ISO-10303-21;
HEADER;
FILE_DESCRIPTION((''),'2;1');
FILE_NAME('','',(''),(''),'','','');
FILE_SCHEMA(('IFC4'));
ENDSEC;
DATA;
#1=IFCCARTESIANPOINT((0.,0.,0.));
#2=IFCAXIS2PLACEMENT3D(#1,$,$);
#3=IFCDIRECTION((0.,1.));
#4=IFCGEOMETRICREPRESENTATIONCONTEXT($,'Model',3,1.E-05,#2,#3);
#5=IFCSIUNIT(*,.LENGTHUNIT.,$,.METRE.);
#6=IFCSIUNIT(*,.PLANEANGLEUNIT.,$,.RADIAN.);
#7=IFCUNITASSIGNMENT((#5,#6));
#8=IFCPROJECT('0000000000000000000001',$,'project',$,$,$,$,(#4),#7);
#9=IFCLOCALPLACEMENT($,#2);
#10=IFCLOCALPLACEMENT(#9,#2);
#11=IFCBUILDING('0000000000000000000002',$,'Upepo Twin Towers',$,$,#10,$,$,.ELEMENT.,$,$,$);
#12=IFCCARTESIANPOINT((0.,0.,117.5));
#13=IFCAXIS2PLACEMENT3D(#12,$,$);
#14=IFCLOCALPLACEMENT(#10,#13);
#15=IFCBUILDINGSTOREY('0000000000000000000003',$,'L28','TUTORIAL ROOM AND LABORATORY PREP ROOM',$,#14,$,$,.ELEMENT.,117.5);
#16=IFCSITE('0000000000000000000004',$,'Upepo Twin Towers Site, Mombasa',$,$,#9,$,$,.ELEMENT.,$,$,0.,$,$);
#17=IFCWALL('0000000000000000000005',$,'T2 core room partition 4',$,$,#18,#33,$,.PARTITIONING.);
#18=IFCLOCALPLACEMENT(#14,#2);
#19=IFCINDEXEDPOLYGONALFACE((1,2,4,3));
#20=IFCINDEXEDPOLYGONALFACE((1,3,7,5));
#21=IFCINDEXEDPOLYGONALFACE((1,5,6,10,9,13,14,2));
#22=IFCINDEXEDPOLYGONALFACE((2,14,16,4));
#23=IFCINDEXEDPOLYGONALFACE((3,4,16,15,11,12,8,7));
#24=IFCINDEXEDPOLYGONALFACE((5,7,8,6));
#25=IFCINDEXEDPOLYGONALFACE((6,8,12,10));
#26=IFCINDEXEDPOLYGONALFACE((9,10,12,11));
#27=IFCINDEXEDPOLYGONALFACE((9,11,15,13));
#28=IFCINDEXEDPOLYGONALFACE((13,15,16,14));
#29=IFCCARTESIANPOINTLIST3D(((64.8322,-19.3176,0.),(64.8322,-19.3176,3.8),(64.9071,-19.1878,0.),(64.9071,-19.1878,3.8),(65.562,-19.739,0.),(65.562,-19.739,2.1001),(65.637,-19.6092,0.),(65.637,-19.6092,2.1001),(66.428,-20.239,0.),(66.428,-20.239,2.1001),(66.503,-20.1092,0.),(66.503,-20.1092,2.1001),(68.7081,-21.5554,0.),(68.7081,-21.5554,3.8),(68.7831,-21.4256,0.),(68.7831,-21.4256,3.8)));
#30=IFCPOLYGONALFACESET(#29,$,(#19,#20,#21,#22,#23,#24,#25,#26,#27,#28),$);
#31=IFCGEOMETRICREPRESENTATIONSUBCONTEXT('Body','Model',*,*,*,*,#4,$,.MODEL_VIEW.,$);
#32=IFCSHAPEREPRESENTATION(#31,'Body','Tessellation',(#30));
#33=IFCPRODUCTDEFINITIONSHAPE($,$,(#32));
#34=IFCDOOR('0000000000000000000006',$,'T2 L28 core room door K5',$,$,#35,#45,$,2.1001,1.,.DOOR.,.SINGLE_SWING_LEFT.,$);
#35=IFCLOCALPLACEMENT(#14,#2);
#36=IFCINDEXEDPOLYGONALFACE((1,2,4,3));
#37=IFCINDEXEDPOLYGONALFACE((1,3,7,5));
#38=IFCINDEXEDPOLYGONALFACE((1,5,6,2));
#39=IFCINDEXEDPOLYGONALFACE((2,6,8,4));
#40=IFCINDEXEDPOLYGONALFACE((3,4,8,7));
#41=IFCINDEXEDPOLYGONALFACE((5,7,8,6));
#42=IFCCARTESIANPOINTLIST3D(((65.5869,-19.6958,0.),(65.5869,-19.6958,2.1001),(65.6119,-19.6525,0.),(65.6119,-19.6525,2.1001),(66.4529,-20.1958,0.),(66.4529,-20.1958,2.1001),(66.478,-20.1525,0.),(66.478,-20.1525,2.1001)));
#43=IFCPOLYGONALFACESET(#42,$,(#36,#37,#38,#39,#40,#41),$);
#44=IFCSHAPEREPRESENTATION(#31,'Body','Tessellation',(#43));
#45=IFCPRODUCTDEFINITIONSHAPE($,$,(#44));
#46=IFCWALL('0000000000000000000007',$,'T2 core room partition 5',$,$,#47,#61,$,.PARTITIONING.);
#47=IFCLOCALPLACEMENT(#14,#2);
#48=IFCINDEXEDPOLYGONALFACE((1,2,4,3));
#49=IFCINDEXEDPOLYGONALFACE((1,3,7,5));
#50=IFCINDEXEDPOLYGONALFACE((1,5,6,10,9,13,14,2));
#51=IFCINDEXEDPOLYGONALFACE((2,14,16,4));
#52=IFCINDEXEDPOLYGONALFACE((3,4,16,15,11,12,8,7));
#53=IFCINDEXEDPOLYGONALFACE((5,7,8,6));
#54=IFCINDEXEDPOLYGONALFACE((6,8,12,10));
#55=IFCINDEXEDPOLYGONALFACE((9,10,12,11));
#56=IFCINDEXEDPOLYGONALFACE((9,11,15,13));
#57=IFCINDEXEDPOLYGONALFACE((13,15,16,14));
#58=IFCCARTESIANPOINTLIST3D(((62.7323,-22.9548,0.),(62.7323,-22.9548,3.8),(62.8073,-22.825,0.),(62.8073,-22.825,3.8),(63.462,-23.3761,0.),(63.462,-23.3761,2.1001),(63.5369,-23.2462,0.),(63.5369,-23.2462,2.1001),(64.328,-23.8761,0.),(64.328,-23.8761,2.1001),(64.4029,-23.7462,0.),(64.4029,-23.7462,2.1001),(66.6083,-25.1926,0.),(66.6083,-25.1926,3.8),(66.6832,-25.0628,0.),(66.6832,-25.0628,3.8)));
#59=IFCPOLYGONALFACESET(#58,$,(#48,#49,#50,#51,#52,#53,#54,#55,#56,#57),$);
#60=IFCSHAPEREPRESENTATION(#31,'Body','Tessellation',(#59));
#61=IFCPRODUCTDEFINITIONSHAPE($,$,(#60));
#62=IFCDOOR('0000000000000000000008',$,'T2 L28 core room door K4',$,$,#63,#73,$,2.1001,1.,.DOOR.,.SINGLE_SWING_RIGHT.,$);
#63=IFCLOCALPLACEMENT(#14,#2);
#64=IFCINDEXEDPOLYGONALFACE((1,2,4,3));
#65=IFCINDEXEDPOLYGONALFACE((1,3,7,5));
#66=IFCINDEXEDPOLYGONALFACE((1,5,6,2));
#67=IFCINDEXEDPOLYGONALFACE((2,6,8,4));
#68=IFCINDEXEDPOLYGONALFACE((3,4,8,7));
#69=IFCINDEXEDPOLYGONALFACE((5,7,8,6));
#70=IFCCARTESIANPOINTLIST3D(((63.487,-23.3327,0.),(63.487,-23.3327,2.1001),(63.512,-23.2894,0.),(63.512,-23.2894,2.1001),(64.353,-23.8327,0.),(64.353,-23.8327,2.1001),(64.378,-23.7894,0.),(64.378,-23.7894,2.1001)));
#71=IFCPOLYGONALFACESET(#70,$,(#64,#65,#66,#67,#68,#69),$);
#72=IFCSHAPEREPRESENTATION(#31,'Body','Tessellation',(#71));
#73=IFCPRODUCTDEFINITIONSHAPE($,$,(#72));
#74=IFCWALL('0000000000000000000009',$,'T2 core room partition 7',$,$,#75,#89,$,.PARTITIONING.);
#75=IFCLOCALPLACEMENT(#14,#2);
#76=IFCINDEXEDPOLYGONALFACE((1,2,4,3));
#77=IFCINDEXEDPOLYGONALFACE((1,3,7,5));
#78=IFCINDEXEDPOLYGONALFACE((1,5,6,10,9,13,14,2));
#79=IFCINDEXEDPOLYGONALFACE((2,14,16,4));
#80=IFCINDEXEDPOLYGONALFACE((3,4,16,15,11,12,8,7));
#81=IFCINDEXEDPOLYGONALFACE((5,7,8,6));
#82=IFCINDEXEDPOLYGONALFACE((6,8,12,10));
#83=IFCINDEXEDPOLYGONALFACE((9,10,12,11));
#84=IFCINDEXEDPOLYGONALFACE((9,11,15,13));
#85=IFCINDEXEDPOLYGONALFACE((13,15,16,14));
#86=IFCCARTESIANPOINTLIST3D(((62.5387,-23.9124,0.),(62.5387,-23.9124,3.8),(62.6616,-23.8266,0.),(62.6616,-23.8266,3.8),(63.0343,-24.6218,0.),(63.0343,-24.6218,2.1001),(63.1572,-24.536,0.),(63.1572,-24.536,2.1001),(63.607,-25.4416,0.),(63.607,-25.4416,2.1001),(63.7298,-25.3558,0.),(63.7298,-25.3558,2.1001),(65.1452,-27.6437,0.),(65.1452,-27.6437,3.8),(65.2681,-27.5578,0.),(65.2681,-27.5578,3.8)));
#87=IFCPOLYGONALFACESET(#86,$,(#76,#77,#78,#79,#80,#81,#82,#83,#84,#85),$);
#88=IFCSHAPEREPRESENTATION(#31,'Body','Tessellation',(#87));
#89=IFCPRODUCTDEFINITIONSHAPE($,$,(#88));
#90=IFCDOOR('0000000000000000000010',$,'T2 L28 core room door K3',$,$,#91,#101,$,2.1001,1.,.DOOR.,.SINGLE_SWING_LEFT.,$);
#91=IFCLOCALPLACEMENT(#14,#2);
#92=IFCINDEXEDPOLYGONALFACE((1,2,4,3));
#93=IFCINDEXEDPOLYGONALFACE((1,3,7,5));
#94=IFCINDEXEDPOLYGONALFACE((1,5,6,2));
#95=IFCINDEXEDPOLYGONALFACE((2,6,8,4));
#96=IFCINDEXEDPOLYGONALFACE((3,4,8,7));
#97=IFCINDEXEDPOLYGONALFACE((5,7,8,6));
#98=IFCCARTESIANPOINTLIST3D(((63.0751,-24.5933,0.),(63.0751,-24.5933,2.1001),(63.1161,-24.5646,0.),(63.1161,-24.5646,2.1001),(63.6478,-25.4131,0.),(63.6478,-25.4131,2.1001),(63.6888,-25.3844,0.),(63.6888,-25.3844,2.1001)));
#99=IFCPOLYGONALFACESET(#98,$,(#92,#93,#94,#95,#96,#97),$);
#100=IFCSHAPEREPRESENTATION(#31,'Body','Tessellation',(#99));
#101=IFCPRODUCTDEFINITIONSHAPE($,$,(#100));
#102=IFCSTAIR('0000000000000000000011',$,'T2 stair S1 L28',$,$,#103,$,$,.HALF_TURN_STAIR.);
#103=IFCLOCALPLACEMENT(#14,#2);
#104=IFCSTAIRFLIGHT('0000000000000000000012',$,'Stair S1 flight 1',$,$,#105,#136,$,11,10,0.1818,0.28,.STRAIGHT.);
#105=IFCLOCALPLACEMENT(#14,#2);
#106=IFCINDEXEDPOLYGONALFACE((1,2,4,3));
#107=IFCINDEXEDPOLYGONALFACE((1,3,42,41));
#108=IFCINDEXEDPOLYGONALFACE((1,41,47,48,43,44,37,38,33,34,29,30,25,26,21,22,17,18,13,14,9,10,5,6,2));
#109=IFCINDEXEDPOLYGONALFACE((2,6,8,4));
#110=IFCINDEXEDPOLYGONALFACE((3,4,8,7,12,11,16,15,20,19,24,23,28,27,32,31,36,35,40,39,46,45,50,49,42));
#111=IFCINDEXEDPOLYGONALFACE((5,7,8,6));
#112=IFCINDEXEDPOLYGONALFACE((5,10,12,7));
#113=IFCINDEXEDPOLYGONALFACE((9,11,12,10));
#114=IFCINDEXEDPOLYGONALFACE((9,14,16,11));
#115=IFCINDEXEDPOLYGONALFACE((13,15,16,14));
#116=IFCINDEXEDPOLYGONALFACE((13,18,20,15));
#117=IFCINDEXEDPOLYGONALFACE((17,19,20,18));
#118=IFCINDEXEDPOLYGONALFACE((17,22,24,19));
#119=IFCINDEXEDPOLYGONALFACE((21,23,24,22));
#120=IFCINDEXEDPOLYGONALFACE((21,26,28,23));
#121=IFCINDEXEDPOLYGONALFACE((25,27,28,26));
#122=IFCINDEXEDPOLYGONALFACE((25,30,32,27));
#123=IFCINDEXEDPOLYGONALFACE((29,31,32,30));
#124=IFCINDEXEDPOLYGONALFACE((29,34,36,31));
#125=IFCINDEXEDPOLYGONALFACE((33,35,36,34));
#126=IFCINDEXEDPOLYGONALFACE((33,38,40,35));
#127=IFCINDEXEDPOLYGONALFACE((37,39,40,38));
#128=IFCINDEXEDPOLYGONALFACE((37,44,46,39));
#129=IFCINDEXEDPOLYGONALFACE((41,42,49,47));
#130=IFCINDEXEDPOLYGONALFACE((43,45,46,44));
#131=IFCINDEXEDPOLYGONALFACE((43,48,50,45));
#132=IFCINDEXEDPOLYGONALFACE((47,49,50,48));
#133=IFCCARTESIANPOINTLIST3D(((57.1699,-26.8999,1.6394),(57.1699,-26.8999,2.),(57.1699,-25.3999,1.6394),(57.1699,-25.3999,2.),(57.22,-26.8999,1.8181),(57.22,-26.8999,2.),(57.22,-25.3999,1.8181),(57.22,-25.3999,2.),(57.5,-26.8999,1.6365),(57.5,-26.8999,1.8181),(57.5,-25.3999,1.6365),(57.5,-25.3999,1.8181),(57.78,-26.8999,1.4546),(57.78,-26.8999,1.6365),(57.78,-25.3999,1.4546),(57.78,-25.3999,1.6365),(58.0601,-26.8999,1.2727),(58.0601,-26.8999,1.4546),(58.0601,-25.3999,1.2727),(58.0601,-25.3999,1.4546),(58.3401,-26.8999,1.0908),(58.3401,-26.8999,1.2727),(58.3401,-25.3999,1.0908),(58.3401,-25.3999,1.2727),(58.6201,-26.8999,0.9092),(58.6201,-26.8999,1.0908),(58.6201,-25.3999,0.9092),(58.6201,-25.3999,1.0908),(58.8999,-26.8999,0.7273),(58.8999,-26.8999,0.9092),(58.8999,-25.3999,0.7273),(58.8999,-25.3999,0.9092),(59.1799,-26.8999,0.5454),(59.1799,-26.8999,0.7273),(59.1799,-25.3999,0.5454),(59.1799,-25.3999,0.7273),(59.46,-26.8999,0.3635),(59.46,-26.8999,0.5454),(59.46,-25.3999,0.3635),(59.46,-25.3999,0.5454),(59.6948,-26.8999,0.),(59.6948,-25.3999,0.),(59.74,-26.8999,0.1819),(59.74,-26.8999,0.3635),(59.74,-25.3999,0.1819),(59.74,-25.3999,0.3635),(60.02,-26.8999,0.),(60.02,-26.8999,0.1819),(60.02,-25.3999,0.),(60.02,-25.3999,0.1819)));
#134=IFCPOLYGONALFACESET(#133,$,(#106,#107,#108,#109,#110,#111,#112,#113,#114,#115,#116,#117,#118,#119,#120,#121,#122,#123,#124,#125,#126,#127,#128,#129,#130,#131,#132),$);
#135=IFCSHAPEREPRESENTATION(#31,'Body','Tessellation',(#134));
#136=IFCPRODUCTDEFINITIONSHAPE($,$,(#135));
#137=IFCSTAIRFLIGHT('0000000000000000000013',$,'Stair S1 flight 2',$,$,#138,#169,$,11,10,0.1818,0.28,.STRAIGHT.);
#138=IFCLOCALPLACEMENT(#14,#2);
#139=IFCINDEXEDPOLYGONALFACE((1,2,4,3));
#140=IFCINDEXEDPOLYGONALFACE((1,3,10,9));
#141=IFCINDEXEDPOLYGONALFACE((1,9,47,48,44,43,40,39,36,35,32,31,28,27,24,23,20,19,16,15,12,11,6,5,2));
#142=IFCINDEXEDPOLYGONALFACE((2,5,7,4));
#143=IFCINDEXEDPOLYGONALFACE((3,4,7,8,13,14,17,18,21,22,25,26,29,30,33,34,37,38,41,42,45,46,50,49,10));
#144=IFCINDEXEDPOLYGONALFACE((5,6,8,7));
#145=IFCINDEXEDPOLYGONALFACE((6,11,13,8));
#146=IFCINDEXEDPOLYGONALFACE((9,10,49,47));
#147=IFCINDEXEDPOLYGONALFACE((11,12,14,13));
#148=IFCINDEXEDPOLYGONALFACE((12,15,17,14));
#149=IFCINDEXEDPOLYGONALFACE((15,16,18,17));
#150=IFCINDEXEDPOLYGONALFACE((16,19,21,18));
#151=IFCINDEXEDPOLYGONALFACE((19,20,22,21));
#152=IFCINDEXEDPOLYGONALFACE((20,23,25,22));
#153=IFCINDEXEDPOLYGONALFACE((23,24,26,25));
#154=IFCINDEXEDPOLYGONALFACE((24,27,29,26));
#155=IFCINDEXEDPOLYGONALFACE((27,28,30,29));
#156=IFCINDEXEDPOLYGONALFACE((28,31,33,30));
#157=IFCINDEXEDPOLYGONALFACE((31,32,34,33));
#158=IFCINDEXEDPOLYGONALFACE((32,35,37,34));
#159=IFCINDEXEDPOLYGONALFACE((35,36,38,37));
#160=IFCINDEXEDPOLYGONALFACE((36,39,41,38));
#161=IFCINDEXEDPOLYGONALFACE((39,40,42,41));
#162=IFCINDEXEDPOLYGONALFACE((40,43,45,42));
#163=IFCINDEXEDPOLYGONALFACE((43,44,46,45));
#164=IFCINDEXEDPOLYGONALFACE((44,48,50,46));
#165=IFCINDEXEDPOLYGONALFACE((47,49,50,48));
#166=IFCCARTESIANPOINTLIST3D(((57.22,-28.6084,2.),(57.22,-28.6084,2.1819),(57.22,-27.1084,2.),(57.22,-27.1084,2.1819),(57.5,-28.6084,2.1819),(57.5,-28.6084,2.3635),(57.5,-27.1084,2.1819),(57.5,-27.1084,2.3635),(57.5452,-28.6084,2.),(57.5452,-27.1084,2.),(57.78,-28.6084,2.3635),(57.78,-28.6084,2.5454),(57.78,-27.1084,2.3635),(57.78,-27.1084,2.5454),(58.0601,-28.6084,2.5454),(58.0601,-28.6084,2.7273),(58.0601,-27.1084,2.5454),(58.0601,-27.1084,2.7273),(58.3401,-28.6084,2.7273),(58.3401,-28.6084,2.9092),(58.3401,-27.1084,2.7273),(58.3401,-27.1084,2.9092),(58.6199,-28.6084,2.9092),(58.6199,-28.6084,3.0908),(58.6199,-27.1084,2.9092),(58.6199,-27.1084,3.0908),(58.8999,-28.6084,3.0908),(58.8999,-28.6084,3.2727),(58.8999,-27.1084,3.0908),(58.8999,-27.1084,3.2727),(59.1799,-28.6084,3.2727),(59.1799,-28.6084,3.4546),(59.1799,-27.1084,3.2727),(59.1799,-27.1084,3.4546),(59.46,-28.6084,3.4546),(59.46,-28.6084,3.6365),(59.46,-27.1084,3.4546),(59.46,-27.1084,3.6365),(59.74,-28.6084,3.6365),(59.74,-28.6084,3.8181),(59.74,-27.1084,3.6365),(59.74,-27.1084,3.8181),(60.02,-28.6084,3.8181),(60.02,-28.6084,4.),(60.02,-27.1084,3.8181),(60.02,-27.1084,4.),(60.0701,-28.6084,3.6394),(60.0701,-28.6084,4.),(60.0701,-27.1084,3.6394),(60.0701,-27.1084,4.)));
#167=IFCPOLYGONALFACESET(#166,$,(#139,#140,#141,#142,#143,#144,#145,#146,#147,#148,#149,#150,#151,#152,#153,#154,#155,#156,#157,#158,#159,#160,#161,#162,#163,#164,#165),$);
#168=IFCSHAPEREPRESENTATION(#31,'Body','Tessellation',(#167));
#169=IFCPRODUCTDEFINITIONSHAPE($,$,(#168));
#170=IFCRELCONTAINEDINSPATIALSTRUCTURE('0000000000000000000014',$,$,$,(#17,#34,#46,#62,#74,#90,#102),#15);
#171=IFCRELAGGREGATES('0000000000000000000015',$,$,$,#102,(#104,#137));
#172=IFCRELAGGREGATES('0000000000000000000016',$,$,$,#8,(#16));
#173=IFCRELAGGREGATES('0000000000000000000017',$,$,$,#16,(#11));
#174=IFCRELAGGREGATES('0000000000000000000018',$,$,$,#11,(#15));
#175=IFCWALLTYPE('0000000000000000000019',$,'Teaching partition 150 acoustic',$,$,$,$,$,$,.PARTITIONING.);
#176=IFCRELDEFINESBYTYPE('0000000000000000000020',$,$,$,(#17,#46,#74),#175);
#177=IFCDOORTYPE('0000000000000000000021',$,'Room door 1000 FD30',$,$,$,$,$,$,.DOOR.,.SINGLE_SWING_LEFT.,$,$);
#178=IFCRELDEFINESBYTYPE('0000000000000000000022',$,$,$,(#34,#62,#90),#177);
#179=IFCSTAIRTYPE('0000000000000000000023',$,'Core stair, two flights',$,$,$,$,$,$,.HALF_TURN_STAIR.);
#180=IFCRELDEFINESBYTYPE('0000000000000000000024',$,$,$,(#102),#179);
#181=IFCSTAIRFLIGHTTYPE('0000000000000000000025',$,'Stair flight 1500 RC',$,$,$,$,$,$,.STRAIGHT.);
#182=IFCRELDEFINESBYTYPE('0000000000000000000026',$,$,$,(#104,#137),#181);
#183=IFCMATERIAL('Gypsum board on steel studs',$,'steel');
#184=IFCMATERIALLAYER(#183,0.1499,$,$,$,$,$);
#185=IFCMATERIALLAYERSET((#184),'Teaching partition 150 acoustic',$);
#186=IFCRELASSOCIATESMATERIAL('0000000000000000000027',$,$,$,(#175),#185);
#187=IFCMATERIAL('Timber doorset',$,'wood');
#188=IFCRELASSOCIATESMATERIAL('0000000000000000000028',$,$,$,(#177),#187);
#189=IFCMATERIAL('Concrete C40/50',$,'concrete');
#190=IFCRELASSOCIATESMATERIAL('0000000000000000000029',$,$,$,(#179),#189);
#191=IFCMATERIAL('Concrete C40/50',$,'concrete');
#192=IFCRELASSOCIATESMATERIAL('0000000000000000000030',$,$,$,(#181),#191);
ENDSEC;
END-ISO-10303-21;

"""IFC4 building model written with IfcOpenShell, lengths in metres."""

from ifc_helpers import new_model, si_unit, direction, frame, frame_2d, origin, place, context, subcontext, project, spatial, polyline, rectangle, outline, extrude, material, layer, layer_set, type_object, element, fill, aggregate, save


model = new_model("IFC4")

# Units and contexts
model_context = context("Model", 3, precision=1e-05, world=origin(), true_north=direction((0.0, 1.0)))
body_context = subcontext(model_context, "Body", "Model", "MODEL_VIEW")
ifc_project = project(units=[si_unit("LENGTHUNIT", "METRE"), si_unit("PLANEANGLEUNIT", "RADIAN")], contexts=[model_context])

# Site, building, storey
site_placement = place(None, origin())
site = spatial("IfcSite", under=ifc_project, at=site_placement, Name="Upepo Twin Towers Site, Mombasa", CompositionType="ELEMENT", RefElevation=0.0)
building_placement = place(site_placement, origin())
building = spatial("IfcBuilding", under=site, at=building_placement, Name="Upepo Twin Towers", CompositionType="ELEMENT")
storey_placement = place(building_placement, frame((0.0, 0.0, 117.5)))
storey = spatial("IfcBuildingStorey", under=building, at=storey_placement, Name="L28", Description="TUTORIAL ROOM AND LABORATORY PREP ROOM", CompositionType="ELEMENT", Elevation=117.5)

# Walls, openings, doors
ifc_material_1 = material(Name="Gypsum board on steel studs", Category="steel")
ifc_layer_1 = layer(ifc_material_1, 0.1499)
ifc_layer_set_1 = layer_set([ifc_layer_1], Name="Teaching partition 150 acoustic")
wall_type_1 = type_object("IfcWallType", Name="Teaching partition 150 acoustic", PredefinedType="PARTITIONING", material=ifc_layer_set_1)
wall_1_placement = place(storey_placement, frame((64.8696, -19.2527, 0.0), z_axis=(0.0, 0.0, 1.0), x_axis=(0.866026, -0.499999, 0.0)))
wall_1 = element("IfcWall", 1, at=wall_1_placement, inside=storey, type_object=wall_type_1, Name="T2 core room partition 4", PredefinedType="PARTITIONING", context=body_context, shape_type="SweptSolid", body=[
    extrude(rectangle(XDim=4.4756, YDim=0.1499, at=frame_2d((2.2378, 0.0))), origin(), (0.0, 0.0, 1.0), 3.8),
])
opening_1_placement = place(wall_1_placement, frame((0.8428, 0.0, 0.0)))
opening_1 = element("IfcOpeningElement", 2, at=opening_1_placement, cuts=wall_1, PredefinedType="OPENING", context=body_context, shape_type="SweptSolid", body=[
    extrude(rectangle(XDim=1.0, YDim=2.1001, at=frame_2d((0.5, 1.05))), frame((0.0, 0.085, 0.0), z_axis=(0.0, -1.0, 0.0), x_axis=(1.0, 0.0, 0.0)), (0.0, 0.0, 1.0), 0.1699),
])
ifc_material_2 = material(Name="Timber doorset", Category="wood")
door_type_1 = type_object("IfcDoorType", Name="Room door 1000 FD30", OperationType="SINGLE_SWING_LEFT", PredefinedType="DOOR", material=ifc_material_2)
door_1_placement = place(opening_1_placement, origin())
door_1 = element("IfcDoor", 3, at=door_1_placement, inside=storey, type_object=door_type_1, Name="T2 L28 core room door K5", OperationType="SINGLE_SWING_LEFT", OverallHeight=2.1001, OverallWidth=1.0, PredefinedType="DOOR", context=body_context, shape_type="SweptSolid", body=[
    extrude(rectangle(XDim=1.0, YDim=2.1001, at=frame_2d((0.5, 1.05))), frame((0.0, 0.0249, 0.0), z_axis=(0.0, -1.0, 0.0), x_axis=(1.0, 0.0, 0.0)), (0.0, 0.0, 1.0), 0.05),
])
fill(opening_1, door_1)
wall_2_placement = place(storey_placement, frame((66.6458, -25.1277, 0.0), z_axis=(0.0, 0.0, 1.0), x_axis=(-0.866026, 0.499999, 0.0)))
wall_2 = element("IfcWall", 4, at=wall_2_placement, inside=storey, type_object=wall_type_1, Name="T2 core room partition 5", PredefinedType="PARTITIONING", context=body_context, shape_type="SweptSolid", body=[
    extrude(rectangle(XDim=4.4756, YDim=0.1499, at=frame_2d((2.2378, 0.0))), origin(), (0.0, 0.0, 1.0), 3.8),
])
opening_2_placement = place(wall_2_placement, frame((2.6331, 0.0, 0.0)))
opening_2 = element("IfcOpeningElement", 5, at=opening_2_placement, cuts=wall_2, PredefinedType="OPENING", context=body_context, shape_type="SweptSolid", body=[
    extrude(rectangle(XDim=1.0, YDim=2.1001, at=frame_2d((0.5, 1.05))), frame((0.0, 0.085, 0.0), z_axis=(0.0, -1.0, 0.0), x_axis=(1.0, 0.0, 0.0)), (0.0, 0.0, 1.0), 0.1699),
])
door_2_placement = place(opening_2_placement, origin())
door_2 = element("IfcDoor", 6, at=door_2_placement, inside=storey, type_object=door_type_1, Name="T2 L28 core room door K4", OperationType="SINGLE_SWING_RIGHT", OverallHeight=2.1001, OverallWidth=1.0, PredefinedType="DOOR", context=body_context, shape_type="SweptSolid", body=[
    extrude(rectangle(XDim=1.0, YDim=2.1001, at=frame_2d((0.5, 1.05))), frame((0.0, 0.0249, 0.0), z_axis=(0.0, -1.0, 0.0), x_axis=(1.0, 0.0, 0.0)), (0.0, 0.0, 1.0), 0.05),
])
fill(opening_2, door_2)
wall_3_placement = place(storey_placement, frame((62.6001, -23.8694, 0.0), z_axis=(0.0, 0.0, 1.0), x_axis=(0.572666, -0.819788, 0.0)))
wall_3 = element("IfcWall", 7, at=wall_3_placement, inside=storey, type_object=wall_type_1, Name="T2 core room partition 7", PredefinedType="PARTITIONING", context=body_context, shape_type="SweptSolid", body=[
    extrude(rectangle(XDim=4.5515, YDim=0.1499, at=frame_2d((2.2759, 0.0))), origin(), (0.0, 0.0, 1.0), 3.8),
])
opening_3_placement = place(wall_3_placement, frame((0.8655, 0.0, 0.0)))
opening_3 = element("IfcOpeningElement", 8, at=opening_3_placement, cuts=wall_3, PredefinedType="OPENING", context=body_context, shape_type="SweptSolid", body=[
    extrude(rectangle(XDim=1.0, YDim=2.1001, at=frame_2d((0.5, 1.05))), frame((0.0, 0.085, 0.0), z_axis=(0.0, -1.0, 0.0), x_axis=(1.0, 0.0, 0.0)), (0.0, 0.0, 1.0), 0.1699),
])
door_3_placement = place(opening_3_placement, origin())
door_3 = element("IfcDoor", 9, at=door_3_placement, inside=storey, type_object=door_type_1, Name="T2 L28 core room door K3", OperationType="SINGLE_SWING_LEFT", OverallHeight=2.1001, OverallWidth=1.0, PredefinedType="DOOR", context=body_context, shape_type="SweptSolid", body=[
    extrude(rectangle(XDim=1.0, YDim=2.1001, at=frame_2d((0.5, 1.05))), frame((0.0, 0.0249, 0.0), z_axis=(0.0, -1.0, 0.0), x_axis=(1.0, 0.0, 0.0)), (0.0, 0.0, 1.0), 0.05),
])
fill(opening_3, door_3)

# Stair, stair flights
ifc_material_3 = material(Name="Concrete C40/50", Category="concrete")
stair_type = type_object("IfcStairType", Name="Core stair, two flights", PredefinedType="HALF_TURN_STAIR", material=ifc_material_3)
stair_placement = place(storey_placement, origin())
stair = element("IfcStair", 10, at=stair_placement, inside=storey, type_object=stair_type, Name="T2 stair S1 L28", PredefinedType="HALF_TURN_STAIR")
ifc_material_4 = material(Name="Concrete C40/50", Category="concrete")
stair_flight_type = type_object("IfcStairFlightType", Name="Stair flight 1500 RC", PredefinedType="STRAIGHT", material=ifc_material_4)
stair_flight_1_placement = place(storey_placement, frame((60.02, -26.1499, 0.0), z_axis=(0.0, 0.0, 1.0), x_axis=(-1.0, 0.0, 0.0)))
stair_flight_1 = element("IfcStairFlight", 11, at=stair_flight_1_placement, type_object=stair_flight_type, Name="Stair S1 flight 1", NumberOfRisers=11, NumberOfTreads=10, PredefinedType="STRAIGHT", RiserHeight=0.1818, TreadLength=0.28, context=body_context, shape_type="SweptSolid", body=[
    extrude(outline(polyline([(0.0, 0.0), (0.0, 0.1819), (0.28, 0.1819), (0.28, 0.3635), (0.5601, 0.3635), (0.5601, 0.5454), (0.8401, 0.5454), (0.8401, 0.7273), (1.1201, 0.7273), (1.1201, 0.9092), (1.3999, 0.9092), (1.3999, 1.0908), (1.6799, 1.0908), (1.6799, 1.2727), (1.96, 1.2727), (1.96, 1.4546), (2.24, 1.4546), (2.24, 1.6365), (2.52, 1.6365), (2.52, 1.8181), (2.8, 1.8181), (2.8, 2.0), (2.8501, 2.0), (2.8501, 1.6394), (0.3252, 0.0), (0.0, 0.0)])), frame((0.0, 0.75, 0.0), z_axis=(0.0, -1.0, 0.0), x_axis=(1.0, 0.0, 0.0)), (0.0, 0.0, 1.0), 1.5),
])
stair_flight_2_placement = place(storey_placement, frame((57.22, -27.8584, 2.0), z_axis=(0.0, 0.0, 1.0), x_axis=(1.0, 0.0, 0.0)))
stair_flight_2 = element("IfcStairFlight", 12, at=stair_flight_2_placement, type_object=stair_flight_type, Name="Stair S1 flight 2", NumberOfRisers=11, NumberOfTreads=10, PredefinedType="STRAIGHT", RiserHeight=0.1818, TreadLength=0.28, context=body_context, shape_type="SweptSolid", body=[
    extrude(outline(polyline([(0.0, 0.0), (0.0, 0.1819), (0.28, 0.1819), (0.28, 0.3635), (0.5601, 0.3635), (0.5601, 0.5454), (0.8401, 0.5454), (0.8401, 0.7273), (1.1201, 0.7273), (1.1201, 0.9092), (1.3999, 0.9092), (1.3999, 1.0908), (1.6799, 1.0908), (1.6799, 1.2727), (1.96, 1.2727), (1.96, 1.4546), (2.24, 1.4546), (2.24, 1.6365), (2.52, 1.6365), (2.52, 1.8181), (2.8, 1.8181), (2.8, 2.0), (2.8501, 2.0), (2.8501, 1.6394), (0.3252, 0.0), (0.0, 0.0)])), frame((0.0, 0.75, 0.0), z_axis=(0.0, -1.0, 0.0), x_axis=(1.0, 0.0, 0.0)), (0.0, 0.0, 1.0), 1.5),
])
aggregate(stair, [stair_flight_1, stair_flight_2])

save(model, "model.ifc")
